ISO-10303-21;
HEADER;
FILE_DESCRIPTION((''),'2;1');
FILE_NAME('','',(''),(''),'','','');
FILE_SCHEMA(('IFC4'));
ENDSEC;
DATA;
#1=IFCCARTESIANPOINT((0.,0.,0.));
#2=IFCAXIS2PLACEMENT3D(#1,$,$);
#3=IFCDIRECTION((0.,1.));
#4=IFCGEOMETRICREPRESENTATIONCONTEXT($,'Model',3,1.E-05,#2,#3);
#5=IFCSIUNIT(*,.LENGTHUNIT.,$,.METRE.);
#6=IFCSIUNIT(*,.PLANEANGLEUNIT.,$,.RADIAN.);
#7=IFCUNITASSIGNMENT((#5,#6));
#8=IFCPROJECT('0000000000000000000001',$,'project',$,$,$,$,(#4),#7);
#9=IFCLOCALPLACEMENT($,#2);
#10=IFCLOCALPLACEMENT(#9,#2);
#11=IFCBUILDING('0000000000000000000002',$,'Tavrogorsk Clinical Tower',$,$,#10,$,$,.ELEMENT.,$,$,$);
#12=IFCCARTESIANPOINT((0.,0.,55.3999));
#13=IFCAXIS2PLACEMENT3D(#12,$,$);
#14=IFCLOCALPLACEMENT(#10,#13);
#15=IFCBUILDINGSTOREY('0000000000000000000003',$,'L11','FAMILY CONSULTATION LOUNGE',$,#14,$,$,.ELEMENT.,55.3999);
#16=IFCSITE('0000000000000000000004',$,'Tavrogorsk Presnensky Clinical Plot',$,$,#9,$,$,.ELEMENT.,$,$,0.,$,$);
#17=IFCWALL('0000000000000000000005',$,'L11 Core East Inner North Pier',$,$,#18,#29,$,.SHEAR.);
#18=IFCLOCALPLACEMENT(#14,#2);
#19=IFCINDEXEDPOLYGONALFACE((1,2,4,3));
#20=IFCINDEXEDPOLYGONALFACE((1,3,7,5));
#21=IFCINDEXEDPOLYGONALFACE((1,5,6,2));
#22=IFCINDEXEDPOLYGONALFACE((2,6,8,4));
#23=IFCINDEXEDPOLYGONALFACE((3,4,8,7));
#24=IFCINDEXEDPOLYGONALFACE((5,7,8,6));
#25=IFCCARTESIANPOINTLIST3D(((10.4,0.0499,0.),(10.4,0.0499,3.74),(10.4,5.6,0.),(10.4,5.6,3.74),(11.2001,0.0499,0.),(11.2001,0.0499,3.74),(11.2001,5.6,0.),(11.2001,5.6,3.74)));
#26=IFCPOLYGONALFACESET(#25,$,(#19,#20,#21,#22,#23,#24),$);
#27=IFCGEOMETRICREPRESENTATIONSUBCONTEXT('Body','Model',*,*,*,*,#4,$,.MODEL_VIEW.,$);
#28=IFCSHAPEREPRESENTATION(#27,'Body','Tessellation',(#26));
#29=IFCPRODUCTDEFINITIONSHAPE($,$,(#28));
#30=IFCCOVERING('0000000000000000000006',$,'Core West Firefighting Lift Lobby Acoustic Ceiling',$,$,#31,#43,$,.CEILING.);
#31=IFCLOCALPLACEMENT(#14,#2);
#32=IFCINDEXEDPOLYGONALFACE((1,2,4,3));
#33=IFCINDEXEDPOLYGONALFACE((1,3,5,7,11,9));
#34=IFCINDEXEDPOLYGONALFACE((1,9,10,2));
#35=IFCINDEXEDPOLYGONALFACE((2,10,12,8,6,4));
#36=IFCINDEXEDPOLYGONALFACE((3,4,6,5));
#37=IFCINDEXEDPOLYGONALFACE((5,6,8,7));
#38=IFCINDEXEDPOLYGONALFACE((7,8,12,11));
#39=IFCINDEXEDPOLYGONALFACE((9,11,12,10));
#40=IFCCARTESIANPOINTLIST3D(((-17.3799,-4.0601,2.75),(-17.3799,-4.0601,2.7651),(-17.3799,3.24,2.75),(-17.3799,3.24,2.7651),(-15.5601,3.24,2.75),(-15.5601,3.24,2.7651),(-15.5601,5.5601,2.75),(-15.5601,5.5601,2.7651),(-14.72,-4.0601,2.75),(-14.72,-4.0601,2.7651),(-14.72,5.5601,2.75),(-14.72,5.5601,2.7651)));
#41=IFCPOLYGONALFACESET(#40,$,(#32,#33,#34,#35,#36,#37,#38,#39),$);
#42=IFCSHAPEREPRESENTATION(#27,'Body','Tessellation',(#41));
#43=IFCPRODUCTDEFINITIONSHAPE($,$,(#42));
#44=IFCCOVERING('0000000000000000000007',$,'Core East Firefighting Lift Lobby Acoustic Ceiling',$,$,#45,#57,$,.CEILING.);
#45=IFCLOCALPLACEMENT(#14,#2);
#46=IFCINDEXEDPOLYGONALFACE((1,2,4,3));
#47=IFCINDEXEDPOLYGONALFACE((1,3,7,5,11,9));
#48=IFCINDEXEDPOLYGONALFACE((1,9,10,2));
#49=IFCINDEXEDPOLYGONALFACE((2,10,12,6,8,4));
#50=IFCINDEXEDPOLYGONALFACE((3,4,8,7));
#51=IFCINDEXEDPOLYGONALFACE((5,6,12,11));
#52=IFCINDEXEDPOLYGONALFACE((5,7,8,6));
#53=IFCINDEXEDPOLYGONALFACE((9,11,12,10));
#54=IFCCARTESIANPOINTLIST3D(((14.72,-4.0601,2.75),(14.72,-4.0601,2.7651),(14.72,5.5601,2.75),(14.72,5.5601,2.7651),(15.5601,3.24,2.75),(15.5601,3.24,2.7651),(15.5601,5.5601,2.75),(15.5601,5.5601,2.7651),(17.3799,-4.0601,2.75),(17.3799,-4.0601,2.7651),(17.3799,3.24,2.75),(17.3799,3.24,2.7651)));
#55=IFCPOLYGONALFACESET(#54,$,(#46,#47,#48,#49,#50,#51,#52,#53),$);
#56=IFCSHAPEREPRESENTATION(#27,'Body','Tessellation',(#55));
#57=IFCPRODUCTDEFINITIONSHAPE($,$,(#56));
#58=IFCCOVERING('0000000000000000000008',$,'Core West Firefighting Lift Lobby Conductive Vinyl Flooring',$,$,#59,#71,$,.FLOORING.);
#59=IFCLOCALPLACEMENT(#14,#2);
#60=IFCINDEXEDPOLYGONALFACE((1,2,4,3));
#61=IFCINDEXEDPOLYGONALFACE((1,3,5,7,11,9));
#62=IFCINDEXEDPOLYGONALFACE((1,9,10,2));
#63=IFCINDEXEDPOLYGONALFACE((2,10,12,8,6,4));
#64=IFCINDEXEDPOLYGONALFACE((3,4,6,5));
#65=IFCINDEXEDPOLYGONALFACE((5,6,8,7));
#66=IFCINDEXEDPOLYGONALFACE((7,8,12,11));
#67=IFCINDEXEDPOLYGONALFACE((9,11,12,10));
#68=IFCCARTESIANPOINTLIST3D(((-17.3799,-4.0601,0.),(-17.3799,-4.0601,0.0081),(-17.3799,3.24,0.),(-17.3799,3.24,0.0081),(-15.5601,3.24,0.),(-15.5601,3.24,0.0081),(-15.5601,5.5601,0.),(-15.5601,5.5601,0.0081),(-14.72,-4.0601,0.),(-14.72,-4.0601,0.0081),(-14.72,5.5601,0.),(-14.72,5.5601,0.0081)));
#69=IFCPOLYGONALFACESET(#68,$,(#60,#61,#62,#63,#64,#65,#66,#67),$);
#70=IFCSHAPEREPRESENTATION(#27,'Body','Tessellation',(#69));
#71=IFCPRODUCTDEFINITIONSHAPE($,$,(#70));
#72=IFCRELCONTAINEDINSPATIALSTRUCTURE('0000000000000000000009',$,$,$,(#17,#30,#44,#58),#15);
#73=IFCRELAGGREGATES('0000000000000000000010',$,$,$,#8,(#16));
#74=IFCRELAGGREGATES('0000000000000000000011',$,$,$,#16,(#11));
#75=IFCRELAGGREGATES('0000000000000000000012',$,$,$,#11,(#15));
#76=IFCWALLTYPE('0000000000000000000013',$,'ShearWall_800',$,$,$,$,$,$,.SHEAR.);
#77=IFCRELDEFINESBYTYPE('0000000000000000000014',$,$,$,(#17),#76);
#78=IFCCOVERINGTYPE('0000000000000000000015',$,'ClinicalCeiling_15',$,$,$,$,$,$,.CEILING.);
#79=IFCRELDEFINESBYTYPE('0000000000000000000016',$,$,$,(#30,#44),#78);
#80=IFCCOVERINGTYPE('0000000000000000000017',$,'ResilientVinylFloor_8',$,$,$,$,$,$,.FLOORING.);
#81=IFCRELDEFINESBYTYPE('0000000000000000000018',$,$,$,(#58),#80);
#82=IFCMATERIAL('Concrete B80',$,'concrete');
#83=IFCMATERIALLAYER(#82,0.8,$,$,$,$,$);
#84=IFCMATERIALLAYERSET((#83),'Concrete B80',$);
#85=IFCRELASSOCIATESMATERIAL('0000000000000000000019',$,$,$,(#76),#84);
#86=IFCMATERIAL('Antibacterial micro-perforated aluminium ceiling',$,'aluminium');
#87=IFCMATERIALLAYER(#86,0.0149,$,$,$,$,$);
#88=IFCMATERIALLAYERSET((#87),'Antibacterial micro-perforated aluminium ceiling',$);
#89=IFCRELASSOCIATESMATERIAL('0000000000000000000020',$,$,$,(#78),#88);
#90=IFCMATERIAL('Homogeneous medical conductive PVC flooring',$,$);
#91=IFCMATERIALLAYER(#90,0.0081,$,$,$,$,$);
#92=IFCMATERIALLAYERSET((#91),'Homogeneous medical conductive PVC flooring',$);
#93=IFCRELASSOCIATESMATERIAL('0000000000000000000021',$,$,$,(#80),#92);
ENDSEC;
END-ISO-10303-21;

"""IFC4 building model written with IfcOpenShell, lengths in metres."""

from ifc_helpers import new_model, si_unit, direction, frame, frame_2d, origin, place, context, subcontext, project, spatial, polyline, rectangle, outline, extrude, material, layer, layer_set, type_object, element, save


model = new_model("IFC4")

# Units and contexts
model_context = context("Model", 3, precision=1e-05, world=origin(), true_north=direction((0.0, 1.0)))
body_context = subcontext(model_context, "Body", "Model", "MODEL_VIEW")
ifc_project = project(units=[si_unit("LENGTHUNIT", "METRE"), si_unit("PLANEANGLEUNIT", "RADIAN")], contexts=[model_context])

# Site, building, storey
site_placement = place(None, origin())
site = spatial("IfcSite", under=ifc_project, at=site_placement, Name="Tavrogorsk Presnensky Clinical Plot", CompositionType="ELEMENT", RefElevation=0.0)
building_placement = place(site_placement, origin())
building = spatial("IfcBuilding", under=site, at=building_placement, Name="Tavrogorsk Clinical Tower", CompositionType="ELEMENT")
storey_placement = place(building_placement, frame((0.0, 0.0, 55.3999)))
storey = spatial("IfcBuildingStorey", under=building, at=storey_placement, Name="L11", Description="FAMILY CONSULTATION LOUNGE", CompositionType="ELEMENT", Elevation=55.3999)

# Wall
ifc_material_1 = material(Name="Concrete B80", Category="concrete")
ifc_layer_1 = layer(ifc_material_1, 0.8)
ifc_layer_set_1 = layer_set([ifc_layer_1], Name="Concrete B80")
wall_type_1 = type_object("IfcWallType", Name="ShearWall_800", PredefinedType="SHEAR", material=ifc_layer_set_1)
wall_1_placement = place(storey_placement, frame((10.8, 0.05, 0.0), z_axis=(0.0, 0.0, 1.0), x_axis=(0.0, 1.0, 0.0)))
element("IfcWall", 1, at=wall_1_placement, inside=storey, type_object=wall_type_1, Name="L11 Core East Inner North Pier", PredefinedType="SHEAR", context=body_context, shape_type="SweptSolid", body=[
    extrude(rectangle(XDim=5.55, YDim=0.8, at=frame_2d((2.7749, 0.0))), origin(), (0.0, 0.0, 1.0), 3.74),
])

# Coverings
ifc_material_2 = material(Name="Antibacterial micro-perforated aluminium ceiling", Category="aluminium")
ifc_layer_2 = layer(ifc_material_2, 0.0149)
ifc_layer_set_2 = layer_set([ifc_layer_2], Name="Antibacterial micro-perforated aluminium ceiling")
covering_type_1 = type_object("IfcCoveringType", Name="ClinicalCeiling_15", PredefinedType="CEILING", material=ifc_layer_set_2)
covering_1_placement = place(storey_placement, frame((0.0, 0.0, 2.75)))
element("IfcCovering", 2, at=covering_1_placement, inside=storey, type_object=covering_type_1, Name="Core West Firefighting Lift Lobby Acoustic Ceiling", PredefinedType="CEILING", context=body_context, shape_type="SweptSolid", body=[
    extrude(outline(polyline([(-14.72, 5.5601), (-14.72, -4.0601), (-17.3799, -4.0601), (-17.3799, 3.24), (-15.5601, 3.24), (-15.5601, 5.5601), (-14.72, 5.5601)])), origin(), (0.0, 0.0, 1.0), 0.0151),
])
covering_2_placement = place(storey_placement, frame((0.0, 0.0, 2.75)))
element("IfcCovering", 3, at=covering_2_placement, inside=storey, type_object=covering_type_1, Name="Core East Firefighting Lift Lobby Acoustic Ceiling", PredefinedType="CEILING", context=body_context, shape_type="SweptSolid", body=[
    extrude(outline(polyline([(17.3799, -4.0601), (14.72, -4.0601), (14.72, 5.5601), (15.5601, 5.5601), (15.5601, 3.24), (17.3799, 3.24), (17.3799, -4.0601)])), origin(), (0.0, 0.0, 1.0), 0.0151),
])
ifc_material_3 = material(Name="Homogeneous medical conductive PVC flooring")
ifc_layer_3 = layer(ifc_material_3, 0.0081)
ifc_layer_set_3 = layer_set([ifc_layer_3], Name="Homogeneous medical conductive PVC flooring")
covering_type_2 = type_object("IfcCoveringType", Name="ResilientVinylFloor_8", PredefinedType="FLOORING", material=ifc_layer_set_3)
covering_3_placement = place(storey_placement, origin())
element("IfcCovering", 4, at=covering_3_placement, inside=storey, type_object=covering_type_2, Name="Core West Firefighting Lift Lobby Conductive Vinyl Flooring", PredefinedType="FLOORING", context=body_context, shape_type="SweptSolid", body=[
    extrude(outline(polyline([(-14.72, 5.5601), (-14.72, -4.0601), (-17.3799, -4.0601), (-17.3799, 3.24), (-15.5601, 3.24), (-15.5601, 5.5601), (-14.72, 5.5601)])), origin(), (0.0, 0.0, 1.0), 0.0081),
])

save(model, "model.ifc")
